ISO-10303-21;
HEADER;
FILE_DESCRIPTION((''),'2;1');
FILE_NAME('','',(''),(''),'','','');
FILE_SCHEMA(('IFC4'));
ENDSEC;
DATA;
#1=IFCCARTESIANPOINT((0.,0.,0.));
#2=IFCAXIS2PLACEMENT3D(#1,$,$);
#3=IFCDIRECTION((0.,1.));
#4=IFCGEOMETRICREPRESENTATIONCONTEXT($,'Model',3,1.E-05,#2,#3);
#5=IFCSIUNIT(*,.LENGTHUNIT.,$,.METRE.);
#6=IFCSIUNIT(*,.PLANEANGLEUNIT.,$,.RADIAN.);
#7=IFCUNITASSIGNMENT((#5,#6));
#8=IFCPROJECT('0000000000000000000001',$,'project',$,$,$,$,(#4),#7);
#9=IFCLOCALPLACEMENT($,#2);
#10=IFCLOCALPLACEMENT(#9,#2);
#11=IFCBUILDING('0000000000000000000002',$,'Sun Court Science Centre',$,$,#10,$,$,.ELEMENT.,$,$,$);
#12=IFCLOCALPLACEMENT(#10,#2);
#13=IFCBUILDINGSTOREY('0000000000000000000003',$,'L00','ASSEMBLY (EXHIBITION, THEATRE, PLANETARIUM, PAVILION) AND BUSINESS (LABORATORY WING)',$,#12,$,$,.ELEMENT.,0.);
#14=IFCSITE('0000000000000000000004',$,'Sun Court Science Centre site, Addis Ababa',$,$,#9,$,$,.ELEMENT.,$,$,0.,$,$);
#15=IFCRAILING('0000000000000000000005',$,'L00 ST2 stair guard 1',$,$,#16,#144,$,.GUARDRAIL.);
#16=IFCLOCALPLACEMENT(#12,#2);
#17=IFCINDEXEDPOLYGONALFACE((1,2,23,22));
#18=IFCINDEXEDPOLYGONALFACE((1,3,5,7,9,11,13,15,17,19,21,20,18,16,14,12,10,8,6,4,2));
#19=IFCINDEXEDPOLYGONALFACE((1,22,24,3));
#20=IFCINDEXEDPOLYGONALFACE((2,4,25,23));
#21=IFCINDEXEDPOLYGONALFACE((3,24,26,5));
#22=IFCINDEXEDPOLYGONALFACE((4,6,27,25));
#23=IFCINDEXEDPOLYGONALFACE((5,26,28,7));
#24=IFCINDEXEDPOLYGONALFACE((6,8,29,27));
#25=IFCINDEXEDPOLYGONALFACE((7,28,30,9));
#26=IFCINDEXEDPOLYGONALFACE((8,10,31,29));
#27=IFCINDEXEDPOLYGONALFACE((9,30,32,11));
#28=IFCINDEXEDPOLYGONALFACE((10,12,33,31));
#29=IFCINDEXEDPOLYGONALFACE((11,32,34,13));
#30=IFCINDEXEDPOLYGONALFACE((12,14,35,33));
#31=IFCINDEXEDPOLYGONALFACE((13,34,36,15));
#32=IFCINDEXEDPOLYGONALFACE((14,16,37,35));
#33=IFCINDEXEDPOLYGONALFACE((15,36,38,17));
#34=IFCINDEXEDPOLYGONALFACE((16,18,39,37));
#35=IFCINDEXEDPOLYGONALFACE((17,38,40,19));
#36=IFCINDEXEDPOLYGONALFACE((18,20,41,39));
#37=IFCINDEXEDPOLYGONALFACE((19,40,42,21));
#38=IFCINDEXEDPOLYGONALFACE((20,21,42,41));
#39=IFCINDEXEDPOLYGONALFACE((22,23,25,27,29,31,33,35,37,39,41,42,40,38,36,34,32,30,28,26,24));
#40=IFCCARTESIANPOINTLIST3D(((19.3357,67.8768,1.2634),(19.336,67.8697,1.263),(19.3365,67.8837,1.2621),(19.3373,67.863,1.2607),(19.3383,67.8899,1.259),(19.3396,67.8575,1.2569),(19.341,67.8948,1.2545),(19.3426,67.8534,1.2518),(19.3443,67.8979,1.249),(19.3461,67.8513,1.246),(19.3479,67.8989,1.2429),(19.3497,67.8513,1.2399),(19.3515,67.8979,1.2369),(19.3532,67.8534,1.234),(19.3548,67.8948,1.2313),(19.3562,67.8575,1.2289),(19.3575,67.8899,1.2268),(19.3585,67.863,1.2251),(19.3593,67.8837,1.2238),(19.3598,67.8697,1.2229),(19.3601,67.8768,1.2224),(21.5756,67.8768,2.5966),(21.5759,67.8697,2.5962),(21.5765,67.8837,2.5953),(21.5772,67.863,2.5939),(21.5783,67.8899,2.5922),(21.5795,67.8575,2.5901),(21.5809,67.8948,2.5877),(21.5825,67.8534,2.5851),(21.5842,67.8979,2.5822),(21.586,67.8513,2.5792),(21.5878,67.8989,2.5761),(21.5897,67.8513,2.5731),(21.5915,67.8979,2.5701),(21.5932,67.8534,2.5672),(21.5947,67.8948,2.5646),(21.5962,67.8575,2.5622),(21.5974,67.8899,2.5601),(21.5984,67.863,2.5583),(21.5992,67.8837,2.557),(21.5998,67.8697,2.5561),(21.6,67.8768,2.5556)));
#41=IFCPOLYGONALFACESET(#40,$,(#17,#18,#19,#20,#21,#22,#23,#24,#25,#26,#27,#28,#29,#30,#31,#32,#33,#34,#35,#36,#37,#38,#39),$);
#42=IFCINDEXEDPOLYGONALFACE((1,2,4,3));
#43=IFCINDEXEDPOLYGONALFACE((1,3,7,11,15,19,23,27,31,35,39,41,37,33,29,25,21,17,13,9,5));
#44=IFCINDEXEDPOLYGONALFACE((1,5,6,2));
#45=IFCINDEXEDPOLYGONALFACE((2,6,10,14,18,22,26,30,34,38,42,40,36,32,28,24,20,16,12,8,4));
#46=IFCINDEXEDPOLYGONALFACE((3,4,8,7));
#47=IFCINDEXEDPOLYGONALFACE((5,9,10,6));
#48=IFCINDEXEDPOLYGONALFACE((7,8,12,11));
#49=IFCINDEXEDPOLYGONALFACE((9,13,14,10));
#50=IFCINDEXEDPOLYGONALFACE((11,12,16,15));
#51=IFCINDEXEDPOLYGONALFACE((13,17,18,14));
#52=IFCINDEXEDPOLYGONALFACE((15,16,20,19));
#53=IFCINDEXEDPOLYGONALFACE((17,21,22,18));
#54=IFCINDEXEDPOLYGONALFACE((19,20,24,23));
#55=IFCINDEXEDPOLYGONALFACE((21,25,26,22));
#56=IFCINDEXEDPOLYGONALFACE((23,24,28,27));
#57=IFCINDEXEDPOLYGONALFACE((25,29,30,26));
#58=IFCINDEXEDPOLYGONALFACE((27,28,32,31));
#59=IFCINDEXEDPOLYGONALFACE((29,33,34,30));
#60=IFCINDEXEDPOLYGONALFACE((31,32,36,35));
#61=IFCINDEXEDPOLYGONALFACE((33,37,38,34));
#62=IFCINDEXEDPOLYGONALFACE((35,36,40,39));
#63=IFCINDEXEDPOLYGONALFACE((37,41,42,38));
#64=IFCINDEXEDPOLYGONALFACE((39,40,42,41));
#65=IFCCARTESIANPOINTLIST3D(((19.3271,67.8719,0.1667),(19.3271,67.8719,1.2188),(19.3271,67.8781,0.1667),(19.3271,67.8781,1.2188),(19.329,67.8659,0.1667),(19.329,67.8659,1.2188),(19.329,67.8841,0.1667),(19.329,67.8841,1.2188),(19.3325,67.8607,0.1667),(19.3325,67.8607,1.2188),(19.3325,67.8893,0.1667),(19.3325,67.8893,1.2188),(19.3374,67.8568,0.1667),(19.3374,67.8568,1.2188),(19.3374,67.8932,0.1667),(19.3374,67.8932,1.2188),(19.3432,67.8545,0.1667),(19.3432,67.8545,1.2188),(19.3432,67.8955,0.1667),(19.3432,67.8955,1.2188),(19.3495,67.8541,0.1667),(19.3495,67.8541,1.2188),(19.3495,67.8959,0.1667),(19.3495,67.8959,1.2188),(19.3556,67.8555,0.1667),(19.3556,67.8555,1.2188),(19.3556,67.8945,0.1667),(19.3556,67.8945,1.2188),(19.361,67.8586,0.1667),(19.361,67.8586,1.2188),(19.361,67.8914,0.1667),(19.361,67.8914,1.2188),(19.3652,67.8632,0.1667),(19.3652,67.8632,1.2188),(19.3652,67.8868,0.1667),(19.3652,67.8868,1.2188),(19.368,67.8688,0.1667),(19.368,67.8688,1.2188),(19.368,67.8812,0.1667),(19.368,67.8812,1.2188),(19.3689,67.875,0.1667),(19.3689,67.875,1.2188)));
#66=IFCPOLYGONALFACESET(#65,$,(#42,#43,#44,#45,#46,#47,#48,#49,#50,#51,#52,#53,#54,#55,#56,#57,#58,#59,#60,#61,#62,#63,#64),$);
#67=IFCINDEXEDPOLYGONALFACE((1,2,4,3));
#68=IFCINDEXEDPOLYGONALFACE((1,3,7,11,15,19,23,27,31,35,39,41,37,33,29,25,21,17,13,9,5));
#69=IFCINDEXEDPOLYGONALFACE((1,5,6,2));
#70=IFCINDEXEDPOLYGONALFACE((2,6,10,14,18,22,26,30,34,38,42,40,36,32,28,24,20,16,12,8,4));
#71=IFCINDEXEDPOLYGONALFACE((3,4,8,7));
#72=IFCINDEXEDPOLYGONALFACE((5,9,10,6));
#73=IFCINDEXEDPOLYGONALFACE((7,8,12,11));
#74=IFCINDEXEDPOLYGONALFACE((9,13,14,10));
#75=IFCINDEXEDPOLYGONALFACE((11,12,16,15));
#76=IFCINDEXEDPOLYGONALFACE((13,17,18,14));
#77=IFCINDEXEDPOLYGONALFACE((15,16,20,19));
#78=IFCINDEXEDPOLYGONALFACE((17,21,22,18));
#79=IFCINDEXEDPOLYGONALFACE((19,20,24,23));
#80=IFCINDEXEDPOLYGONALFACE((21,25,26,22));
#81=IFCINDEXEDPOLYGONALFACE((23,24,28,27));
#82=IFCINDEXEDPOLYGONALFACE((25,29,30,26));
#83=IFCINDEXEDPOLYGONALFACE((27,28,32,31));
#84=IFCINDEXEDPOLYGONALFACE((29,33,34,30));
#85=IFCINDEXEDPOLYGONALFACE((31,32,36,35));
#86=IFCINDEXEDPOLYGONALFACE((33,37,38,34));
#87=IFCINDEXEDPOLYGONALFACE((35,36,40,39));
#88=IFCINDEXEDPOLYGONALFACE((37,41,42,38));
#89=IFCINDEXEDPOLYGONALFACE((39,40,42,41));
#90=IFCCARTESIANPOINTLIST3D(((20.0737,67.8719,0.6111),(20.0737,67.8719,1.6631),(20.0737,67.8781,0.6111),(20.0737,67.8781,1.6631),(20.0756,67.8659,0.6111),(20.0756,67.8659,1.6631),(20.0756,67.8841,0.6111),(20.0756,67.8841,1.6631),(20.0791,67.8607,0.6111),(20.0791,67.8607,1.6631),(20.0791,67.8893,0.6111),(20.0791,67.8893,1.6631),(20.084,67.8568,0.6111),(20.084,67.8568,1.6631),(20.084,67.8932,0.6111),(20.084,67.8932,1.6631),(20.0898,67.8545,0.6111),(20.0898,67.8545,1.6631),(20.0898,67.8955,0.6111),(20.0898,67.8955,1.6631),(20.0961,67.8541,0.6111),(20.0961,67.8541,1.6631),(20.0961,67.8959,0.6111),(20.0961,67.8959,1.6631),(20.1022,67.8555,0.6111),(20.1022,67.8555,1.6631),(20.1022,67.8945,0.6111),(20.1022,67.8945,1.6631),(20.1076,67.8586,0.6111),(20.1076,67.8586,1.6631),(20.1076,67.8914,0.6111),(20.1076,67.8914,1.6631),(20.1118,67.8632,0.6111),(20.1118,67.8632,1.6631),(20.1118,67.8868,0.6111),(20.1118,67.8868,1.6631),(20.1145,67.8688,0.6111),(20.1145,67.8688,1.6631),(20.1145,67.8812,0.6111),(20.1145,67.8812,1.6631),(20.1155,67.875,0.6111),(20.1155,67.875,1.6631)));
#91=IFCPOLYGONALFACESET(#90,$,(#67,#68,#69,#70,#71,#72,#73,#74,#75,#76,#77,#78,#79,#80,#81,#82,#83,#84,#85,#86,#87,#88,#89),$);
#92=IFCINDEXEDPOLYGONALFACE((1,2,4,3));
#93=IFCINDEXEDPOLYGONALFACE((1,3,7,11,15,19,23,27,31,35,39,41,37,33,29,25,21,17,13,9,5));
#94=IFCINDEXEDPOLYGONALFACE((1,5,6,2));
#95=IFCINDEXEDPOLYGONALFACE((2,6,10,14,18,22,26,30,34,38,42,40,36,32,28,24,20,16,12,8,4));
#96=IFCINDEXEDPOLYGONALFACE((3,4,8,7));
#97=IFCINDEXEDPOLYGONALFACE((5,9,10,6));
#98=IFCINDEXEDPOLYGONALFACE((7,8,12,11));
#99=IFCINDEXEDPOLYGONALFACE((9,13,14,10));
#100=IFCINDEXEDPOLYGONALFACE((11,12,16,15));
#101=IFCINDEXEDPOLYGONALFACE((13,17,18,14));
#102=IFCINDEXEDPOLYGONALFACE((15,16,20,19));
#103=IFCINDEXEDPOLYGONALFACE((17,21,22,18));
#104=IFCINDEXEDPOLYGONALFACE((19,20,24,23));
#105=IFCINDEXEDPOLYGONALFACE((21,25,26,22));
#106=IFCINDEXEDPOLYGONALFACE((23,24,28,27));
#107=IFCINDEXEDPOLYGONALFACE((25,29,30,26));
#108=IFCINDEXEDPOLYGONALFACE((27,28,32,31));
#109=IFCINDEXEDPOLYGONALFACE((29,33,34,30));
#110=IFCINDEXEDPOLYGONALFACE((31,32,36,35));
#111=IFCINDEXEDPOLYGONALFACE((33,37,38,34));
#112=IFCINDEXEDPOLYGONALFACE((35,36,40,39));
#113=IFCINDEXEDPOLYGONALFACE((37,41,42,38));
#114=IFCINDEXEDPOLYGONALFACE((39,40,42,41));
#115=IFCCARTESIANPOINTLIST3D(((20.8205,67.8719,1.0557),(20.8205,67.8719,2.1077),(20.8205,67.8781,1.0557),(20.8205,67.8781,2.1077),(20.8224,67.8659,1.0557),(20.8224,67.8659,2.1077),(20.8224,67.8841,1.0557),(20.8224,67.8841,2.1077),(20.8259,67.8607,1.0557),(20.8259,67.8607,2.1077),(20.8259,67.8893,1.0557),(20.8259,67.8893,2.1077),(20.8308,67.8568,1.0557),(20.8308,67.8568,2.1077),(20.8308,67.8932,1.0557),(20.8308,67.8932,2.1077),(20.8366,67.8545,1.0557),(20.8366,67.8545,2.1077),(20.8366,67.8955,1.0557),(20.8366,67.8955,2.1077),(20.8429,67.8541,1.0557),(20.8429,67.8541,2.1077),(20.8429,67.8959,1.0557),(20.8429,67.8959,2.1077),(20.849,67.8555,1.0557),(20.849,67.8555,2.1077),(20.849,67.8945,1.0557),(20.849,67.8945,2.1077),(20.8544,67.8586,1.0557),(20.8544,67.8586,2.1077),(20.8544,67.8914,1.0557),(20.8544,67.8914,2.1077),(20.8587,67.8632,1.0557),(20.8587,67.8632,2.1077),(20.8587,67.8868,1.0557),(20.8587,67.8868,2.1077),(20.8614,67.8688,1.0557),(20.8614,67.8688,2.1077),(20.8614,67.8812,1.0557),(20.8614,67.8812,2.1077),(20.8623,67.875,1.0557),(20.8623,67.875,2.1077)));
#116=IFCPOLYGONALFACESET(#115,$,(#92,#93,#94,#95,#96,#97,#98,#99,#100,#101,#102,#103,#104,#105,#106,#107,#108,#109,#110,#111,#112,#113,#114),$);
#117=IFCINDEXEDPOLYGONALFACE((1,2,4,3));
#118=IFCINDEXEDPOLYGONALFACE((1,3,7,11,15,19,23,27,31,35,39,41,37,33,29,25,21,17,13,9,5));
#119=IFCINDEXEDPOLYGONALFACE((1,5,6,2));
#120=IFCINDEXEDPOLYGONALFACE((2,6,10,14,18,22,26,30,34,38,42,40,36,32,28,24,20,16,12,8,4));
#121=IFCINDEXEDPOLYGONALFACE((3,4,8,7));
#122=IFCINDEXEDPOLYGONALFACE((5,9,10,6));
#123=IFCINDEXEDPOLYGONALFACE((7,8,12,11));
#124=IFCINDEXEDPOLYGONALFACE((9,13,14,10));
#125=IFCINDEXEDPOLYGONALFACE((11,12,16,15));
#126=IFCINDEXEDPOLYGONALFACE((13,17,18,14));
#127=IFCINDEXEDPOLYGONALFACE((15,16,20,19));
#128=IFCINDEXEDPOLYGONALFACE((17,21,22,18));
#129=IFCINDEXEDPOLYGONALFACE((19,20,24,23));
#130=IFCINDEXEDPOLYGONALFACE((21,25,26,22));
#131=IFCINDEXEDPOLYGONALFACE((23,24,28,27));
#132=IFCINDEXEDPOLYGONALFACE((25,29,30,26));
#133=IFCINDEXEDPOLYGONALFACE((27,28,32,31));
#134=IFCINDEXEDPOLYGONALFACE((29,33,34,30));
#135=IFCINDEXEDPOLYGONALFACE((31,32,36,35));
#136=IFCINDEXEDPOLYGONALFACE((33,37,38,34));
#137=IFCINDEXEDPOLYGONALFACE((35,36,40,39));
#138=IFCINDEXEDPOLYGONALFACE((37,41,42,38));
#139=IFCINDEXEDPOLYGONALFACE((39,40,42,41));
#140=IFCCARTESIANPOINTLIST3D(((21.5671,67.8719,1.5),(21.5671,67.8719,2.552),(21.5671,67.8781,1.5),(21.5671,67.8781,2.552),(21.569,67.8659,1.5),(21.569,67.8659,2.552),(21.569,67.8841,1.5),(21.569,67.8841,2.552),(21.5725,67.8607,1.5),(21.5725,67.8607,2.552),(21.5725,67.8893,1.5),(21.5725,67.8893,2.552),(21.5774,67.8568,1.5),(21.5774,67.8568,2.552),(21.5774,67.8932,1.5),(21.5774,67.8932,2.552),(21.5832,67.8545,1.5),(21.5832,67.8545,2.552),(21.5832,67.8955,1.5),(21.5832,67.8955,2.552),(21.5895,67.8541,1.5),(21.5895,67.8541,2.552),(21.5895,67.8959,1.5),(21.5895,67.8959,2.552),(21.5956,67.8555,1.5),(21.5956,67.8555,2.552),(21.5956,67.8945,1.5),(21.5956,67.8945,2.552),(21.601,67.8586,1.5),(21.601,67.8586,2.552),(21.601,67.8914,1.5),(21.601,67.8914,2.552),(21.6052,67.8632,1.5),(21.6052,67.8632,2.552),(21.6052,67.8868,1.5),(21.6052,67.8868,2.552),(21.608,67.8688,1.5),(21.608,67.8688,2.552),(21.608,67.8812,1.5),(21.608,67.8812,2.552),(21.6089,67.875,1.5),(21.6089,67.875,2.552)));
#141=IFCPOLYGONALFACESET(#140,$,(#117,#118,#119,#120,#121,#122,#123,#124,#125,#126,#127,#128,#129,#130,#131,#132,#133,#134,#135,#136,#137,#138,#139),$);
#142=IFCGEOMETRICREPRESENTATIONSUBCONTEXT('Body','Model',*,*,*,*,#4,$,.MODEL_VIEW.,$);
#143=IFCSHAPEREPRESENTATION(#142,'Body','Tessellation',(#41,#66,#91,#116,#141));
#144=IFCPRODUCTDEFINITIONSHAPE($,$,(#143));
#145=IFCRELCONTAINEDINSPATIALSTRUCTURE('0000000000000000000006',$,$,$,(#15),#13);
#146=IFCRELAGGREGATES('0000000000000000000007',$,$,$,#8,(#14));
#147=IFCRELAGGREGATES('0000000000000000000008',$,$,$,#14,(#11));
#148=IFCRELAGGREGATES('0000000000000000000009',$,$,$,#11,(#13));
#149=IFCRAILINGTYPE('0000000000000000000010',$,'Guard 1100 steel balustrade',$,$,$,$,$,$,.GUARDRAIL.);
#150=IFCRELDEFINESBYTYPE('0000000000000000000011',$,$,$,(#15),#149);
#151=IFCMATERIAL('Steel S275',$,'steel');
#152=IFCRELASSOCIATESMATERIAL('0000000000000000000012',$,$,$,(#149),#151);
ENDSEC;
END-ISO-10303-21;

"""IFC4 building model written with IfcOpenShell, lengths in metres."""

from ifc_helpers import new_model, si_unit, direction, frame, origin, origin_2d, place, context, subcontext, project, spatial, circle, extrude, material, type_object, element, save


model = new_model("IFC4")

# Units and contexts
model_context = context("Model", 3, precision=1e-05, world=origin(), true_north=direction((0.0, 1.0)))
body_context = subcontext(model_context, "Body", "Model", "MODEL_VIEW")
ifc_project = project(units=[si_unit("LENGTHUNIT", "METRE"), si_unit("PLANEANGLEUNIT", "RADIAN")], contexts=[model_context])

# Site, building, storey
site_placement = place(None, origin())
site = spatial("IfcSite", under=ifc_project, at=site_placement, Name="Sun Court Science Centre site, Addis Ababa", CompositionType="ELEMENT", RefElevation=0.0)
building_placement = place(site_placement, origin())
building = spatial("IfcBuilding", under=site, at=building_placement, Name="Sun Court Science Centre", CompositionType="ELEMENT")
storey_placement = place(building_placement, origin())
storey = spatial("IfcBuildingStorey", under=building, at=storey_placement, Name="L00", Description="ASSEMBLY (EXHIBITION, THEATRE, PLANETARIUM, PAVILION) AND BUSINESS (LABORATORY WING)", CompositionType="ELEMENT", Elevation=0.0)

# Railing
ifc_material_1 = material(Name="Steel S275", Category="steel")
railing_type = type_object("IfcRailingType", Name="Guard 1100 steel balustrade", PredefinedType="GUARDRAIL", material=ifc_material_1)
railing_1_placement = place(storey_placement, frame((19.3479, 67.875, 0.1667)))
element("IfcRailing", 1, at=railing_1_placement, inside=storey, type_object=railing_type, Name="L00 ST2 stair guard 1", PredefinedType="GUARDRAIL", context=body_context, shape_type="SweptSolid", body=[
    extrude(circle(Radius=0.0239, at=origin_2d()), frame((0.0, 0.0, 1.0762), z_axis=(0.859306, 0.0, 0.511462), x_axis=(0.0, 1.0, 0.0)), (0.0, 0.0, 1.0), 2.6067),
    extrude(circle(Radius=0.021, at=origin_2d()), origin(), (0.0, 0.0, 1.0), 1.052),
    extrude(circle(Radius=0.021, at=origin_2d()), frame((0.7466, 0.0, 0.4443)), (0.0, 0.0, 1.0), 1.052),
    extrude(circle(Radius=0.021, at=origin_2d()), frame((1.4934, 0.0, 0.8889)), (0.0, 0.0, 1.0), 1.052),
    extrude(circle(Radius=0.021, at=origin_2d()), frame((2.24, 0.0, 1.3333)), (0.0, 0.0, 1.0), 1.052),
])

save(model, "model.ifc")
